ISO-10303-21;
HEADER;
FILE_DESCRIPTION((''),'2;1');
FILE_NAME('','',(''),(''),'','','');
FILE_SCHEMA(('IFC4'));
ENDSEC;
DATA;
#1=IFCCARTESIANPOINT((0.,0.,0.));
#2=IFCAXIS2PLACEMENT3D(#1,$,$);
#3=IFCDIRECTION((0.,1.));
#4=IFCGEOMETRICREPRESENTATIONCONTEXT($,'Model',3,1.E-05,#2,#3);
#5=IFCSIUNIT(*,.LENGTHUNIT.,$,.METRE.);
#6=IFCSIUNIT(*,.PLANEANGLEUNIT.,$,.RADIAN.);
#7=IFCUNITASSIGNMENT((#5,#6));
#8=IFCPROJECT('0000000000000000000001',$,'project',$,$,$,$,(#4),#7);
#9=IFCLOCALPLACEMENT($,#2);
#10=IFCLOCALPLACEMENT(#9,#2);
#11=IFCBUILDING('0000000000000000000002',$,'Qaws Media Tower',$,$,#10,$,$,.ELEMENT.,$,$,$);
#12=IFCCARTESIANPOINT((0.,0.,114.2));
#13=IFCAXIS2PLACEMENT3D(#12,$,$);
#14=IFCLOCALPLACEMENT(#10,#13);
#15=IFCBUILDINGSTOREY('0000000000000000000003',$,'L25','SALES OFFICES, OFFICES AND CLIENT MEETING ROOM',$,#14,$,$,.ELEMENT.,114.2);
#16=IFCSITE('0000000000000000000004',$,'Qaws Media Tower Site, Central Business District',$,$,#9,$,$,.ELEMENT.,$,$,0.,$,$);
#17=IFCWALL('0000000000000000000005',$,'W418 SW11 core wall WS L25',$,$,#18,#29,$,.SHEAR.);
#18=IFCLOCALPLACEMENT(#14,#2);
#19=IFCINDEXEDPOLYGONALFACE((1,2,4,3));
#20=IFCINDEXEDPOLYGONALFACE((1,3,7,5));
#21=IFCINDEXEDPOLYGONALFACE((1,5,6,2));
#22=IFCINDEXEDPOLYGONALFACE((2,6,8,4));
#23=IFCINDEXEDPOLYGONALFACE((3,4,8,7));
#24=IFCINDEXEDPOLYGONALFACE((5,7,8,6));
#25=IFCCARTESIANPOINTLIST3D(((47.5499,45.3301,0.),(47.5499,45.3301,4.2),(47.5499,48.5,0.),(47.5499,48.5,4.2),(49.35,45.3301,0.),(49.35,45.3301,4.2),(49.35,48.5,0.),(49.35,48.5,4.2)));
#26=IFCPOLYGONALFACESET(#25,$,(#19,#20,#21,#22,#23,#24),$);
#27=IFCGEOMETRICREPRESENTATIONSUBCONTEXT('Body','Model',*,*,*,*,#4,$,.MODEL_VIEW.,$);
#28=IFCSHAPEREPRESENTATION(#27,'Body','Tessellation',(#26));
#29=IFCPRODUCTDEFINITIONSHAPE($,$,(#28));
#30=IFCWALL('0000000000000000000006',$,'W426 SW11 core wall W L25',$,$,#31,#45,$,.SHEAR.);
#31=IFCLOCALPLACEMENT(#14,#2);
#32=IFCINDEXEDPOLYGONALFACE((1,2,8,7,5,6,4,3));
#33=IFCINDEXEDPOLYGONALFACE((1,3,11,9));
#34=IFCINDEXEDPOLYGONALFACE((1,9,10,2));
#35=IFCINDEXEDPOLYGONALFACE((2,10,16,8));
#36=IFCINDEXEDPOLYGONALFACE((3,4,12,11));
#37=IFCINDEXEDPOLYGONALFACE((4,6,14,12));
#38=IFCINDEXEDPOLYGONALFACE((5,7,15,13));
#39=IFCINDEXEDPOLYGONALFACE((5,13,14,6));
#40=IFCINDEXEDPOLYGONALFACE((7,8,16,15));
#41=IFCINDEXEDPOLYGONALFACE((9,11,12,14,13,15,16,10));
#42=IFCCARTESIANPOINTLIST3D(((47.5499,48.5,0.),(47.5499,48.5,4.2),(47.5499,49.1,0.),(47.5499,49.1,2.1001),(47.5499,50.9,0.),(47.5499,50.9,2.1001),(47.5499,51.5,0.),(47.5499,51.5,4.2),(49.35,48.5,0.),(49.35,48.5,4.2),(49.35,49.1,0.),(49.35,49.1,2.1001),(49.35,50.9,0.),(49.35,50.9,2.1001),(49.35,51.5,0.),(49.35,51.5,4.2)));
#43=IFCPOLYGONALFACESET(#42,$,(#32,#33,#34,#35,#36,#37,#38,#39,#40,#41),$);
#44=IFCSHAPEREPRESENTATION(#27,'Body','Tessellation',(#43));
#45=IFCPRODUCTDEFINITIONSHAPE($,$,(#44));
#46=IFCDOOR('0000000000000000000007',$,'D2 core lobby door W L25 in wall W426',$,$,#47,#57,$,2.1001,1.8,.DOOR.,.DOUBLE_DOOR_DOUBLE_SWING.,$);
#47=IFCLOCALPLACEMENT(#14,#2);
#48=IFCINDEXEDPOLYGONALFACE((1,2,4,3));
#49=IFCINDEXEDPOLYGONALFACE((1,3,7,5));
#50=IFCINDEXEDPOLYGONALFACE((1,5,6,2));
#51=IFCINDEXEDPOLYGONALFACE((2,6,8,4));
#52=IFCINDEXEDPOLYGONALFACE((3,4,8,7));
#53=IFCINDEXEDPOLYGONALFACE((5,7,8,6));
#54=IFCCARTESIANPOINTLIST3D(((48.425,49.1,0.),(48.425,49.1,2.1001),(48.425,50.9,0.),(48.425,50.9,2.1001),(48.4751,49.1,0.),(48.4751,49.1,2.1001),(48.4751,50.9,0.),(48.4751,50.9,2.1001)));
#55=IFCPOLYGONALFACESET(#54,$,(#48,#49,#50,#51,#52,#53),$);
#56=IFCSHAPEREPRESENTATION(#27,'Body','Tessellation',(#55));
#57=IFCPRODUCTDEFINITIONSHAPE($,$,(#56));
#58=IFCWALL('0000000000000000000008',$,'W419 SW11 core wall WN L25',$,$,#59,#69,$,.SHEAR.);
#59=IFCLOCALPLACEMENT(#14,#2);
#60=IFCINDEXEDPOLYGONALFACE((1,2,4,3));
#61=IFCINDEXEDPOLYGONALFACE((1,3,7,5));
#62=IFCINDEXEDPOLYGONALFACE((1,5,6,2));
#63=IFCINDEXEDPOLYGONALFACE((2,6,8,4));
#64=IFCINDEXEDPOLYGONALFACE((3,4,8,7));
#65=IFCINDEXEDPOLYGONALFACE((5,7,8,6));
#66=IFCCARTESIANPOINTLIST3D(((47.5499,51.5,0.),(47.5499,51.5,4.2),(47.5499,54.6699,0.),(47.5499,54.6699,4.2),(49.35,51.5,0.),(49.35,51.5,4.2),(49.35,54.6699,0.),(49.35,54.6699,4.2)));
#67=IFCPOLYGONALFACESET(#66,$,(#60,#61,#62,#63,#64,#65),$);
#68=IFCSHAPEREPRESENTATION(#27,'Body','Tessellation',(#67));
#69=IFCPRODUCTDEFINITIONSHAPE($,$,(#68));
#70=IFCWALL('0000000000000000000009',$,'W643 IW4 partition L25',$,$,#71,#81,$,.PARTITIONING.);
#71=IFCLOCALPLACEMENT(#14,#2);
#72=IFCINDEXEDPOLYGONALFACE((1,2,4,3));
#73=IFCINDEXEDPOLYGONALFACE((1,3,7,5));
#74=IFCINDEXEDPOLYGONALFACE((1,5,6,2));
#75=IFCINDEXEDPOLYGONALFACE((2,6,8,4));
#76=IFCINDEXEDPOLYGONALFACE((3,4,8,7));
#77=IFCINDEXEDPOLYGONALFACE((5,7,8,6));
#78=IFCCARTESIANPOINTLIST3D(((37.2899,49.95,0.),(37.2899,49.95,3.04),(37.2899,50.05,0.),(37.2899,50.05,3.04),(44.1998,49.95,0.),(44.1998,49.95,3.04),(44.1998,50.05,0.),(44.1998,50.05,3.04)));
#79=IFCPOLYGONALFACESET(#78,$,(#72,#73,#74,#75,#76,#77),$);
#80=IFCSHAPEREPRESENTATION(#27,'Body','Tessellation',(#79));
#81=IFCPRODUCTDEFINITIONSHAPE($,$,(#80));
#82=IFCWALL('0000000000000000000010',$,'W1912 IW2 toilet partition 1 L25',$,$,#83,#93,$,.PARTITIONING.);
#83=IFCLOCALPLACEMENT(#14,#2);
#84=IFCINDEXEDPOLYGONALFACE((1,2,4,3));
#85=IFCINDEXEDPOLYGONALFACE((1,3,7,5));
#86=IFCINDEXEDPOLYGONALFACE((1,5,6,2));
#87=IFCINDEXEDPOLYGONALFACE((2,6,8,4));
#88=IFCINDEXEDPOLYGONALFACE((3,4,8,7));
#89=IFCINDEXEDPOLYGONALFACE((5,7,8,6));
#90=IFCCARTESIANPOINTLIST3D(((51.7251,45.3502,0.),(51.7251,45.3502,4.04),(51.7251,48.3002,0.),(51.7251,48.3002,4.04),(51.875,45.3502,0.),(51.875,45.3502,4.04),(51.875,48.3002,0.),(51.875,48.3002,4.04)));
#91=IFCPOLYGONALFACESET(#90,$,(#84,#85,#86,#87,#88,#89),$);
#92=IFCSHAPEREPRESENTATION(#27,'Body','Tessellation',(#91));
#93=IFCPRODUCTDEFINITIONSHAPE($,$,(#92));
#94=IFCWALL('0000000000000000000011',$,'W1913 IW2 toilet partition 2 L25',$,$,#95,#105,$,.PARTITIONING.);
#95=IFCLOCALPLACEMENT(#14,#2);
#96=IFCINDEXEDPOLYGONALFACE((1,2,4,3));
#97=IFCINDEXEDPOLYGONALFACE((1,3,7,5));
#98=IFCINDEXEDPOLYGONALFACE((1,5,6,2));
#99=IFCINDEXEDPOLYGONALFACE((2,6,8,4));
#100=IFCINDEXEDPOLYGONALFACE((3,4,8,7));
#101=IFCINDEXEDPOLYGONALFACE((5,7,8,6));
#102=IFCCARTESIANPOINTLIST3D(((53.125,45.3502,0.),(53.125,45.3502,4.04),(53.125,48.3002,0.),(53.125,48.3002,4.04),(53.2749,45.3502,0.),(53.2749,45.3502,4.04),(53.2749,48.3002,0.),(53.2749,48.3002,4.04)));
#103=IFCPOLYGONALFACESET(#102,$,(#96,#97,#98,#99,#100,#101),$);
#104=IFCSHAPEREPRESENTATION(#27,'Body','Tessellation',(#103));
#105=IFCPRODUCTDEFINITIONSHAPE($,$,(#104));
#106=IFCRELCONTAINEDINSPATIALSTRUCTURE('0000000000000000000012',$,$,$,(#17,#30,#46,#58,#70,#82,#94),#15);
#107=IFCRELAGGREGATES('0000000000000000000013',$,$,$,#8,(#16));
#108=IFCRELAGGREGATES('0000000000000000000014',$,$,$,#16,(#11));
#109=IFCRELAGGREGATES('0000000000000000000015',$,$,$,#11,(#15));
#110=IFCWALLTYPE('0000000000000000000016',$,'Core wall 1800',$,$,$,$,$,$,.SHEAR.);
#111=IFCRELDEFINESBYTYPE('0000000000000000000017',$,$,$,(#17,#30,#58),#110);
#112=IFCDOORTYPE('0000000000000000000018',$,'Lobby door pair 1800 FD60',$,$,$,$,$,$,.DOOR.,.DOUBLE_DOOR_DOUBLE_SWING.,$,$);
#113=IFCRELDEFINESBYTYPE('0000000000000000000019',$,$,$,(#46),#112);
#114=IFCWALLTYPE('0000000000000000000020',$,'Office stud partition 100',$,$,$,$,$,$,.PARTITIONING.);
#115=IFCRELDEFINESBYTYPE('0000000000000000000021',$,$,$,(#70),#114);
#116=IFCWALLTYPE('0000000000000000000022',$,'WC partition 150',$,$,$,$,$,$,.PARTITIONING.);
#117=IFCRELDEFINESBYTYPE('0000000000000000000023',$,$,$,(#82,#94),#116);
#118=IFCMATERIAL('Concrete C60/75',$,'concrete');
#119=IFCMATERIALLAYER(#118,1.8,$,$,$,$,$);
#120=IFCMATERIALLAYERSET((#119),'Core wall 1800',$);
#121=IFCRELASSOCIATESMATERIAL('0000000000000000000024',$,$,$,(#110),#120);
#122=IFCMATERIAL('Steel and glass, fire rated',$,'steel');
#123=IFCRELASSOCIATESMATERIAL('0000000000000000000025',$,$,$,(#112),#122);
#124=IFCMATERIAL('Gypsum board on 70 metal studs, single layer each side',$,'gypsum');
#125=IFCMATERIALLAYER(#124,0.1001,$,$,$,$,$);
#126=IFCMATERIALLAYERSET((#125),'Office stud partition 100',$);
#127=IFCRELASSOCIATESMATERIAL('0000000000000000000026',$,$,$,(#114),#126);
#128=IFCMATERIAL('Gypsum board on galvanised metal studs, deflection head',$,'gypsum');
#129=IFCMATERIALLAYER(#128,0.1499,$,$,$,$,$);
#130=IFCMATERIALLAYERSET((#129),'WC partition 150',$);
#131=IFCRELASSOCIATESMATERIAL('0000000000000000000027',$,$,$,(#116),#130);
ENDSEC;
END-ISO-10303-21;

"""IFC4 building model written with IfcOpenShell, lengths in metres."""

from ifc_helpers import new_model, si_unit, direction, frame, frame_2d, origin, place, context, subcontext, project, spatial, rectangle, extrude, material, layer, layer_set, type_object, element, fill, save


model = new_model("IFC4")

# Units and contexts
model_context = context("Model", 3, precision=1e-05, world=origin(), true_north=direction((0.0, 1.0)))
body_context = subcontext(model_context, "Body", "Model", "MODEL_VIEW")
ifc_project = project(units=[si_unit("LENGTHUNIT", "METRE"), si_unit("PLANEANGLEUNIT", "RADIAN")], contexts=[model_context])

# Site, building, storey
site_placement = place(None, origin())
site = spatial("IfcSite", under=ifc_project, at=site_placement, Name="Qaws Media Tower Site, Central Business District", CompositionType="ELEMENT", RefElevation=0.0)
building_placement = place(site_placement, origin())
building = spatial("IfcBuilding", under=site, at=building_placement, Name="Qaws Media Tower", CompositionType="ELEMENT")
storey_placement = place(building_placement, frame((0.0, 0.0, 114.2)))
storey = spatial("IfcBuildingStorey", under=building, at=storey_placement, Name="L25", Description="SALES OFFICES, OFFICES AND CLIENT MEETING ROOM", CompositionType="ELEMENT", Elevation=114.2)

# Wall
ifc_material_1 = material(Name="Concrete C60/75", Category="concrete")
ifc_layer_1 = layer(ifc_material_1, 1.8)
ifc_layer_set_1 = layer_set([ifc_layer_1], Name="Core wall 1800")
wall_type_1 = type_object("IfcWallType", Name="Core wall 1800", PredefinedType="SHEAR", material=ifc_layer_set_1)
wall_1_placement = place(storey_placement, frame((48.45, 45.3301, 0.0), z_axis=(0.0, 0.0, 1.0), x_axis=(0.0, 1.0, 0.0)))
element("IfcWall", 1, at=wall_1_placement, inside=storey, type_object=wall_type_1, Name="W418 SW11 core wall WS L25", PredefinedType="SHEAR", context=body_context, shape_type="SweptSolid", body=[
    extrude(rectangle(XDim=3.1699, YDim=1.8, at=frame_2d((1.585, 0.0))), origin(), (0.0, 0.0, 1.0), 4.2),
])

# Wall, opening, door
wall_2_placement = place(storey_placement, frame((48.45, 48.5, 0.0), z_axis=(0.0, 0.0, 1.0), x_axis=(0.0, 1.0, 0.0)))
wall_2 = element("IfcWall", 2, at=wall_2_placement, inside=storey, type_object=wall_type_1, Name="W426 SW11 core wall W L25", PredefinedType="SHEAR", context=body_context, shape_type="SweptSolid", body=[
    extrude(rectangle(XDim=3.0, YDim=1.8, at=frame_2d((1.5, 0.0))), origin(), (0.0, 0.0, 1.0), 4.2),
])
opening_1_placement = place(wall_2_placement, frame((0.6001, 0.0, 0.0)))
opening_1 = element("IfcOpeningElement", 3, at=opening_1_placement, cuts=wall_2, PredefinedType="OPENING", context=body_context, shape_type="SweptSolid", body=[
    extrude(rectangle(XDim=1.8, YDim=2.1001, at=frame_2d((0.8999, 1.05))), frame((0.0, 0.9099, 0.0), z_axis=(0.0, -1.0, 0.0), x_axis=(1.0, 0.0, 0.0)), (0.0, 0.0, 1.0), 1.8201),
])
ifc_material_2 = material(Name="Steel and glass, fire rated", Category="steel")
door_type_1 = type_object("IfcDoorType", Name="Lobby door pair 1800 FD60", OperationType="DOUBLE_DOOR_DOUBLE_SWING", PredefinedType="DOOR", material=ifc_material_2)
door_1_placement = place(opening_1_placement, origin())
door_1 = element("IfcDoor", 4, at=door_1_placement, inside=storey, type_object=door_type_1, Name="D2 core lobby door W L25 in wall W426", OperationType="DOUBLE_DOOR_DOUBLE_SWING", OverallHeight=2.1001, OverallWidth=1.8, PredefinedType="DOOR", context=body_context, shape_type="SweptSolid", body=[
    extrude(rectangle(XDim=1.8, YDim=2.1001, at=frame_2d((0.8999, 1.05))), frame((0.0, 0.0249, 0.0), z_axis=(0.0, -1.0, 0.0), x_axis=(1.0, 0.0, 0.0)), (0.0, 0.0, 1.0), 0.05),
])
fill(opening_1, door_1)

# Walls
wall_3_placement = place(storey_placement, frame((48.45, 51.5, 0.0), z_axis=(0.0, 0.0, 1.0), x_axis=(0.0, 1.0, 0.0)))
element("IfcWall", 5, at=wall_3_placement, inside=storey, type_object=wall_type_1, Name="W419 SW11 core wall WN L25", PredefinedType="SHEAR", context=body_context, shape_type="SweptSolid", body=[
    extrude(rectangle(XDim=3.1699, YDim=1.8, at=frame_2d((1.585, 0.0))), origin(), (0.0, 0.0, 1.0), 4.2),
])
ifc_material_3 = material(Name="Gypsum board on 70 metal studs, single layer each side", Category="gypsum")
ifc_layer_2 = layer(ifc_material_3, 0.1001)
ifc_layer_set_2 = layer_set([ifc_layer_2], Name="Office stud partition 100")
wall_type_2 = type_object("IfcWallType", Name="Office stud partition 100", PredefinedType="PARTITIONING", material=ifc_layer_set_2)
wall_4_placement = place(storey_placement, frame((44.2, 50.0, 0.0), z_axis=(0.0, 0.0, 1.0), x_axis=(-1.0, 0.0, 0.0)))
element("IfcWall", 6, at=wall_4_placement, inside=storey, type_object=wall_type_2, Name="W643 IW4 partition L25", PredefinedType="PARTITIONING", context=body_context, shape_type="SweptSolid", body=[
    extrude(rectangle(XDim=6.9099, YDim=0.1001, at=frame_2d((3.4551, 0.0))), origin(), (0.0, 0.0, 1.0), 3.04),
])

# Walls
ifc_material_4 = material(Name="Gypsum board on galvanised metal studs, deflection head", Category="gypsum")
ifc_layer_3 = layer(ifc_material_4, 0.1499)
ifc_layer_set_3 = layer_set([ifc_layer_3], Name="WC partition 150")
wall_type_3 = type_object("IfcWallType", Name="WC partition 150", PredefinedType="PARTITIONING", material=ifc_layer_set_3)
for number, where, z_axis, x_axis, name in (
    (7, (51.8, 45.3501, 0.0), (0.0, 0.0, 1.0), (0.0, 1.0, 0.0), "W1912 IW2 toilet partition 1 L25"),
    (8, (53.2, 45.3501, 0.0), (0.0, 0.0, 1.0), (0.0, 1.0, 0.0), "W1913 IW2 toilet partition 2 L25"),
):
    element("IfcWall", number, at=place(storey_placement, frame(where, z_axis=z_axis, x_axis=x_axis)), inside=storey, type_object=wall_type_3, Name=name, PredefinedType="PARTITIONING", context=body_context, shape_type="SweptSolid", body=[
        extrude(rectangle(XDim=2.95, YDim=0.1499, at=frame_2d((1.4751, 0.0))), origin(), (0.0, 0.0, 1.0), 4.04),
    ])

save(model, "model.ifc")
